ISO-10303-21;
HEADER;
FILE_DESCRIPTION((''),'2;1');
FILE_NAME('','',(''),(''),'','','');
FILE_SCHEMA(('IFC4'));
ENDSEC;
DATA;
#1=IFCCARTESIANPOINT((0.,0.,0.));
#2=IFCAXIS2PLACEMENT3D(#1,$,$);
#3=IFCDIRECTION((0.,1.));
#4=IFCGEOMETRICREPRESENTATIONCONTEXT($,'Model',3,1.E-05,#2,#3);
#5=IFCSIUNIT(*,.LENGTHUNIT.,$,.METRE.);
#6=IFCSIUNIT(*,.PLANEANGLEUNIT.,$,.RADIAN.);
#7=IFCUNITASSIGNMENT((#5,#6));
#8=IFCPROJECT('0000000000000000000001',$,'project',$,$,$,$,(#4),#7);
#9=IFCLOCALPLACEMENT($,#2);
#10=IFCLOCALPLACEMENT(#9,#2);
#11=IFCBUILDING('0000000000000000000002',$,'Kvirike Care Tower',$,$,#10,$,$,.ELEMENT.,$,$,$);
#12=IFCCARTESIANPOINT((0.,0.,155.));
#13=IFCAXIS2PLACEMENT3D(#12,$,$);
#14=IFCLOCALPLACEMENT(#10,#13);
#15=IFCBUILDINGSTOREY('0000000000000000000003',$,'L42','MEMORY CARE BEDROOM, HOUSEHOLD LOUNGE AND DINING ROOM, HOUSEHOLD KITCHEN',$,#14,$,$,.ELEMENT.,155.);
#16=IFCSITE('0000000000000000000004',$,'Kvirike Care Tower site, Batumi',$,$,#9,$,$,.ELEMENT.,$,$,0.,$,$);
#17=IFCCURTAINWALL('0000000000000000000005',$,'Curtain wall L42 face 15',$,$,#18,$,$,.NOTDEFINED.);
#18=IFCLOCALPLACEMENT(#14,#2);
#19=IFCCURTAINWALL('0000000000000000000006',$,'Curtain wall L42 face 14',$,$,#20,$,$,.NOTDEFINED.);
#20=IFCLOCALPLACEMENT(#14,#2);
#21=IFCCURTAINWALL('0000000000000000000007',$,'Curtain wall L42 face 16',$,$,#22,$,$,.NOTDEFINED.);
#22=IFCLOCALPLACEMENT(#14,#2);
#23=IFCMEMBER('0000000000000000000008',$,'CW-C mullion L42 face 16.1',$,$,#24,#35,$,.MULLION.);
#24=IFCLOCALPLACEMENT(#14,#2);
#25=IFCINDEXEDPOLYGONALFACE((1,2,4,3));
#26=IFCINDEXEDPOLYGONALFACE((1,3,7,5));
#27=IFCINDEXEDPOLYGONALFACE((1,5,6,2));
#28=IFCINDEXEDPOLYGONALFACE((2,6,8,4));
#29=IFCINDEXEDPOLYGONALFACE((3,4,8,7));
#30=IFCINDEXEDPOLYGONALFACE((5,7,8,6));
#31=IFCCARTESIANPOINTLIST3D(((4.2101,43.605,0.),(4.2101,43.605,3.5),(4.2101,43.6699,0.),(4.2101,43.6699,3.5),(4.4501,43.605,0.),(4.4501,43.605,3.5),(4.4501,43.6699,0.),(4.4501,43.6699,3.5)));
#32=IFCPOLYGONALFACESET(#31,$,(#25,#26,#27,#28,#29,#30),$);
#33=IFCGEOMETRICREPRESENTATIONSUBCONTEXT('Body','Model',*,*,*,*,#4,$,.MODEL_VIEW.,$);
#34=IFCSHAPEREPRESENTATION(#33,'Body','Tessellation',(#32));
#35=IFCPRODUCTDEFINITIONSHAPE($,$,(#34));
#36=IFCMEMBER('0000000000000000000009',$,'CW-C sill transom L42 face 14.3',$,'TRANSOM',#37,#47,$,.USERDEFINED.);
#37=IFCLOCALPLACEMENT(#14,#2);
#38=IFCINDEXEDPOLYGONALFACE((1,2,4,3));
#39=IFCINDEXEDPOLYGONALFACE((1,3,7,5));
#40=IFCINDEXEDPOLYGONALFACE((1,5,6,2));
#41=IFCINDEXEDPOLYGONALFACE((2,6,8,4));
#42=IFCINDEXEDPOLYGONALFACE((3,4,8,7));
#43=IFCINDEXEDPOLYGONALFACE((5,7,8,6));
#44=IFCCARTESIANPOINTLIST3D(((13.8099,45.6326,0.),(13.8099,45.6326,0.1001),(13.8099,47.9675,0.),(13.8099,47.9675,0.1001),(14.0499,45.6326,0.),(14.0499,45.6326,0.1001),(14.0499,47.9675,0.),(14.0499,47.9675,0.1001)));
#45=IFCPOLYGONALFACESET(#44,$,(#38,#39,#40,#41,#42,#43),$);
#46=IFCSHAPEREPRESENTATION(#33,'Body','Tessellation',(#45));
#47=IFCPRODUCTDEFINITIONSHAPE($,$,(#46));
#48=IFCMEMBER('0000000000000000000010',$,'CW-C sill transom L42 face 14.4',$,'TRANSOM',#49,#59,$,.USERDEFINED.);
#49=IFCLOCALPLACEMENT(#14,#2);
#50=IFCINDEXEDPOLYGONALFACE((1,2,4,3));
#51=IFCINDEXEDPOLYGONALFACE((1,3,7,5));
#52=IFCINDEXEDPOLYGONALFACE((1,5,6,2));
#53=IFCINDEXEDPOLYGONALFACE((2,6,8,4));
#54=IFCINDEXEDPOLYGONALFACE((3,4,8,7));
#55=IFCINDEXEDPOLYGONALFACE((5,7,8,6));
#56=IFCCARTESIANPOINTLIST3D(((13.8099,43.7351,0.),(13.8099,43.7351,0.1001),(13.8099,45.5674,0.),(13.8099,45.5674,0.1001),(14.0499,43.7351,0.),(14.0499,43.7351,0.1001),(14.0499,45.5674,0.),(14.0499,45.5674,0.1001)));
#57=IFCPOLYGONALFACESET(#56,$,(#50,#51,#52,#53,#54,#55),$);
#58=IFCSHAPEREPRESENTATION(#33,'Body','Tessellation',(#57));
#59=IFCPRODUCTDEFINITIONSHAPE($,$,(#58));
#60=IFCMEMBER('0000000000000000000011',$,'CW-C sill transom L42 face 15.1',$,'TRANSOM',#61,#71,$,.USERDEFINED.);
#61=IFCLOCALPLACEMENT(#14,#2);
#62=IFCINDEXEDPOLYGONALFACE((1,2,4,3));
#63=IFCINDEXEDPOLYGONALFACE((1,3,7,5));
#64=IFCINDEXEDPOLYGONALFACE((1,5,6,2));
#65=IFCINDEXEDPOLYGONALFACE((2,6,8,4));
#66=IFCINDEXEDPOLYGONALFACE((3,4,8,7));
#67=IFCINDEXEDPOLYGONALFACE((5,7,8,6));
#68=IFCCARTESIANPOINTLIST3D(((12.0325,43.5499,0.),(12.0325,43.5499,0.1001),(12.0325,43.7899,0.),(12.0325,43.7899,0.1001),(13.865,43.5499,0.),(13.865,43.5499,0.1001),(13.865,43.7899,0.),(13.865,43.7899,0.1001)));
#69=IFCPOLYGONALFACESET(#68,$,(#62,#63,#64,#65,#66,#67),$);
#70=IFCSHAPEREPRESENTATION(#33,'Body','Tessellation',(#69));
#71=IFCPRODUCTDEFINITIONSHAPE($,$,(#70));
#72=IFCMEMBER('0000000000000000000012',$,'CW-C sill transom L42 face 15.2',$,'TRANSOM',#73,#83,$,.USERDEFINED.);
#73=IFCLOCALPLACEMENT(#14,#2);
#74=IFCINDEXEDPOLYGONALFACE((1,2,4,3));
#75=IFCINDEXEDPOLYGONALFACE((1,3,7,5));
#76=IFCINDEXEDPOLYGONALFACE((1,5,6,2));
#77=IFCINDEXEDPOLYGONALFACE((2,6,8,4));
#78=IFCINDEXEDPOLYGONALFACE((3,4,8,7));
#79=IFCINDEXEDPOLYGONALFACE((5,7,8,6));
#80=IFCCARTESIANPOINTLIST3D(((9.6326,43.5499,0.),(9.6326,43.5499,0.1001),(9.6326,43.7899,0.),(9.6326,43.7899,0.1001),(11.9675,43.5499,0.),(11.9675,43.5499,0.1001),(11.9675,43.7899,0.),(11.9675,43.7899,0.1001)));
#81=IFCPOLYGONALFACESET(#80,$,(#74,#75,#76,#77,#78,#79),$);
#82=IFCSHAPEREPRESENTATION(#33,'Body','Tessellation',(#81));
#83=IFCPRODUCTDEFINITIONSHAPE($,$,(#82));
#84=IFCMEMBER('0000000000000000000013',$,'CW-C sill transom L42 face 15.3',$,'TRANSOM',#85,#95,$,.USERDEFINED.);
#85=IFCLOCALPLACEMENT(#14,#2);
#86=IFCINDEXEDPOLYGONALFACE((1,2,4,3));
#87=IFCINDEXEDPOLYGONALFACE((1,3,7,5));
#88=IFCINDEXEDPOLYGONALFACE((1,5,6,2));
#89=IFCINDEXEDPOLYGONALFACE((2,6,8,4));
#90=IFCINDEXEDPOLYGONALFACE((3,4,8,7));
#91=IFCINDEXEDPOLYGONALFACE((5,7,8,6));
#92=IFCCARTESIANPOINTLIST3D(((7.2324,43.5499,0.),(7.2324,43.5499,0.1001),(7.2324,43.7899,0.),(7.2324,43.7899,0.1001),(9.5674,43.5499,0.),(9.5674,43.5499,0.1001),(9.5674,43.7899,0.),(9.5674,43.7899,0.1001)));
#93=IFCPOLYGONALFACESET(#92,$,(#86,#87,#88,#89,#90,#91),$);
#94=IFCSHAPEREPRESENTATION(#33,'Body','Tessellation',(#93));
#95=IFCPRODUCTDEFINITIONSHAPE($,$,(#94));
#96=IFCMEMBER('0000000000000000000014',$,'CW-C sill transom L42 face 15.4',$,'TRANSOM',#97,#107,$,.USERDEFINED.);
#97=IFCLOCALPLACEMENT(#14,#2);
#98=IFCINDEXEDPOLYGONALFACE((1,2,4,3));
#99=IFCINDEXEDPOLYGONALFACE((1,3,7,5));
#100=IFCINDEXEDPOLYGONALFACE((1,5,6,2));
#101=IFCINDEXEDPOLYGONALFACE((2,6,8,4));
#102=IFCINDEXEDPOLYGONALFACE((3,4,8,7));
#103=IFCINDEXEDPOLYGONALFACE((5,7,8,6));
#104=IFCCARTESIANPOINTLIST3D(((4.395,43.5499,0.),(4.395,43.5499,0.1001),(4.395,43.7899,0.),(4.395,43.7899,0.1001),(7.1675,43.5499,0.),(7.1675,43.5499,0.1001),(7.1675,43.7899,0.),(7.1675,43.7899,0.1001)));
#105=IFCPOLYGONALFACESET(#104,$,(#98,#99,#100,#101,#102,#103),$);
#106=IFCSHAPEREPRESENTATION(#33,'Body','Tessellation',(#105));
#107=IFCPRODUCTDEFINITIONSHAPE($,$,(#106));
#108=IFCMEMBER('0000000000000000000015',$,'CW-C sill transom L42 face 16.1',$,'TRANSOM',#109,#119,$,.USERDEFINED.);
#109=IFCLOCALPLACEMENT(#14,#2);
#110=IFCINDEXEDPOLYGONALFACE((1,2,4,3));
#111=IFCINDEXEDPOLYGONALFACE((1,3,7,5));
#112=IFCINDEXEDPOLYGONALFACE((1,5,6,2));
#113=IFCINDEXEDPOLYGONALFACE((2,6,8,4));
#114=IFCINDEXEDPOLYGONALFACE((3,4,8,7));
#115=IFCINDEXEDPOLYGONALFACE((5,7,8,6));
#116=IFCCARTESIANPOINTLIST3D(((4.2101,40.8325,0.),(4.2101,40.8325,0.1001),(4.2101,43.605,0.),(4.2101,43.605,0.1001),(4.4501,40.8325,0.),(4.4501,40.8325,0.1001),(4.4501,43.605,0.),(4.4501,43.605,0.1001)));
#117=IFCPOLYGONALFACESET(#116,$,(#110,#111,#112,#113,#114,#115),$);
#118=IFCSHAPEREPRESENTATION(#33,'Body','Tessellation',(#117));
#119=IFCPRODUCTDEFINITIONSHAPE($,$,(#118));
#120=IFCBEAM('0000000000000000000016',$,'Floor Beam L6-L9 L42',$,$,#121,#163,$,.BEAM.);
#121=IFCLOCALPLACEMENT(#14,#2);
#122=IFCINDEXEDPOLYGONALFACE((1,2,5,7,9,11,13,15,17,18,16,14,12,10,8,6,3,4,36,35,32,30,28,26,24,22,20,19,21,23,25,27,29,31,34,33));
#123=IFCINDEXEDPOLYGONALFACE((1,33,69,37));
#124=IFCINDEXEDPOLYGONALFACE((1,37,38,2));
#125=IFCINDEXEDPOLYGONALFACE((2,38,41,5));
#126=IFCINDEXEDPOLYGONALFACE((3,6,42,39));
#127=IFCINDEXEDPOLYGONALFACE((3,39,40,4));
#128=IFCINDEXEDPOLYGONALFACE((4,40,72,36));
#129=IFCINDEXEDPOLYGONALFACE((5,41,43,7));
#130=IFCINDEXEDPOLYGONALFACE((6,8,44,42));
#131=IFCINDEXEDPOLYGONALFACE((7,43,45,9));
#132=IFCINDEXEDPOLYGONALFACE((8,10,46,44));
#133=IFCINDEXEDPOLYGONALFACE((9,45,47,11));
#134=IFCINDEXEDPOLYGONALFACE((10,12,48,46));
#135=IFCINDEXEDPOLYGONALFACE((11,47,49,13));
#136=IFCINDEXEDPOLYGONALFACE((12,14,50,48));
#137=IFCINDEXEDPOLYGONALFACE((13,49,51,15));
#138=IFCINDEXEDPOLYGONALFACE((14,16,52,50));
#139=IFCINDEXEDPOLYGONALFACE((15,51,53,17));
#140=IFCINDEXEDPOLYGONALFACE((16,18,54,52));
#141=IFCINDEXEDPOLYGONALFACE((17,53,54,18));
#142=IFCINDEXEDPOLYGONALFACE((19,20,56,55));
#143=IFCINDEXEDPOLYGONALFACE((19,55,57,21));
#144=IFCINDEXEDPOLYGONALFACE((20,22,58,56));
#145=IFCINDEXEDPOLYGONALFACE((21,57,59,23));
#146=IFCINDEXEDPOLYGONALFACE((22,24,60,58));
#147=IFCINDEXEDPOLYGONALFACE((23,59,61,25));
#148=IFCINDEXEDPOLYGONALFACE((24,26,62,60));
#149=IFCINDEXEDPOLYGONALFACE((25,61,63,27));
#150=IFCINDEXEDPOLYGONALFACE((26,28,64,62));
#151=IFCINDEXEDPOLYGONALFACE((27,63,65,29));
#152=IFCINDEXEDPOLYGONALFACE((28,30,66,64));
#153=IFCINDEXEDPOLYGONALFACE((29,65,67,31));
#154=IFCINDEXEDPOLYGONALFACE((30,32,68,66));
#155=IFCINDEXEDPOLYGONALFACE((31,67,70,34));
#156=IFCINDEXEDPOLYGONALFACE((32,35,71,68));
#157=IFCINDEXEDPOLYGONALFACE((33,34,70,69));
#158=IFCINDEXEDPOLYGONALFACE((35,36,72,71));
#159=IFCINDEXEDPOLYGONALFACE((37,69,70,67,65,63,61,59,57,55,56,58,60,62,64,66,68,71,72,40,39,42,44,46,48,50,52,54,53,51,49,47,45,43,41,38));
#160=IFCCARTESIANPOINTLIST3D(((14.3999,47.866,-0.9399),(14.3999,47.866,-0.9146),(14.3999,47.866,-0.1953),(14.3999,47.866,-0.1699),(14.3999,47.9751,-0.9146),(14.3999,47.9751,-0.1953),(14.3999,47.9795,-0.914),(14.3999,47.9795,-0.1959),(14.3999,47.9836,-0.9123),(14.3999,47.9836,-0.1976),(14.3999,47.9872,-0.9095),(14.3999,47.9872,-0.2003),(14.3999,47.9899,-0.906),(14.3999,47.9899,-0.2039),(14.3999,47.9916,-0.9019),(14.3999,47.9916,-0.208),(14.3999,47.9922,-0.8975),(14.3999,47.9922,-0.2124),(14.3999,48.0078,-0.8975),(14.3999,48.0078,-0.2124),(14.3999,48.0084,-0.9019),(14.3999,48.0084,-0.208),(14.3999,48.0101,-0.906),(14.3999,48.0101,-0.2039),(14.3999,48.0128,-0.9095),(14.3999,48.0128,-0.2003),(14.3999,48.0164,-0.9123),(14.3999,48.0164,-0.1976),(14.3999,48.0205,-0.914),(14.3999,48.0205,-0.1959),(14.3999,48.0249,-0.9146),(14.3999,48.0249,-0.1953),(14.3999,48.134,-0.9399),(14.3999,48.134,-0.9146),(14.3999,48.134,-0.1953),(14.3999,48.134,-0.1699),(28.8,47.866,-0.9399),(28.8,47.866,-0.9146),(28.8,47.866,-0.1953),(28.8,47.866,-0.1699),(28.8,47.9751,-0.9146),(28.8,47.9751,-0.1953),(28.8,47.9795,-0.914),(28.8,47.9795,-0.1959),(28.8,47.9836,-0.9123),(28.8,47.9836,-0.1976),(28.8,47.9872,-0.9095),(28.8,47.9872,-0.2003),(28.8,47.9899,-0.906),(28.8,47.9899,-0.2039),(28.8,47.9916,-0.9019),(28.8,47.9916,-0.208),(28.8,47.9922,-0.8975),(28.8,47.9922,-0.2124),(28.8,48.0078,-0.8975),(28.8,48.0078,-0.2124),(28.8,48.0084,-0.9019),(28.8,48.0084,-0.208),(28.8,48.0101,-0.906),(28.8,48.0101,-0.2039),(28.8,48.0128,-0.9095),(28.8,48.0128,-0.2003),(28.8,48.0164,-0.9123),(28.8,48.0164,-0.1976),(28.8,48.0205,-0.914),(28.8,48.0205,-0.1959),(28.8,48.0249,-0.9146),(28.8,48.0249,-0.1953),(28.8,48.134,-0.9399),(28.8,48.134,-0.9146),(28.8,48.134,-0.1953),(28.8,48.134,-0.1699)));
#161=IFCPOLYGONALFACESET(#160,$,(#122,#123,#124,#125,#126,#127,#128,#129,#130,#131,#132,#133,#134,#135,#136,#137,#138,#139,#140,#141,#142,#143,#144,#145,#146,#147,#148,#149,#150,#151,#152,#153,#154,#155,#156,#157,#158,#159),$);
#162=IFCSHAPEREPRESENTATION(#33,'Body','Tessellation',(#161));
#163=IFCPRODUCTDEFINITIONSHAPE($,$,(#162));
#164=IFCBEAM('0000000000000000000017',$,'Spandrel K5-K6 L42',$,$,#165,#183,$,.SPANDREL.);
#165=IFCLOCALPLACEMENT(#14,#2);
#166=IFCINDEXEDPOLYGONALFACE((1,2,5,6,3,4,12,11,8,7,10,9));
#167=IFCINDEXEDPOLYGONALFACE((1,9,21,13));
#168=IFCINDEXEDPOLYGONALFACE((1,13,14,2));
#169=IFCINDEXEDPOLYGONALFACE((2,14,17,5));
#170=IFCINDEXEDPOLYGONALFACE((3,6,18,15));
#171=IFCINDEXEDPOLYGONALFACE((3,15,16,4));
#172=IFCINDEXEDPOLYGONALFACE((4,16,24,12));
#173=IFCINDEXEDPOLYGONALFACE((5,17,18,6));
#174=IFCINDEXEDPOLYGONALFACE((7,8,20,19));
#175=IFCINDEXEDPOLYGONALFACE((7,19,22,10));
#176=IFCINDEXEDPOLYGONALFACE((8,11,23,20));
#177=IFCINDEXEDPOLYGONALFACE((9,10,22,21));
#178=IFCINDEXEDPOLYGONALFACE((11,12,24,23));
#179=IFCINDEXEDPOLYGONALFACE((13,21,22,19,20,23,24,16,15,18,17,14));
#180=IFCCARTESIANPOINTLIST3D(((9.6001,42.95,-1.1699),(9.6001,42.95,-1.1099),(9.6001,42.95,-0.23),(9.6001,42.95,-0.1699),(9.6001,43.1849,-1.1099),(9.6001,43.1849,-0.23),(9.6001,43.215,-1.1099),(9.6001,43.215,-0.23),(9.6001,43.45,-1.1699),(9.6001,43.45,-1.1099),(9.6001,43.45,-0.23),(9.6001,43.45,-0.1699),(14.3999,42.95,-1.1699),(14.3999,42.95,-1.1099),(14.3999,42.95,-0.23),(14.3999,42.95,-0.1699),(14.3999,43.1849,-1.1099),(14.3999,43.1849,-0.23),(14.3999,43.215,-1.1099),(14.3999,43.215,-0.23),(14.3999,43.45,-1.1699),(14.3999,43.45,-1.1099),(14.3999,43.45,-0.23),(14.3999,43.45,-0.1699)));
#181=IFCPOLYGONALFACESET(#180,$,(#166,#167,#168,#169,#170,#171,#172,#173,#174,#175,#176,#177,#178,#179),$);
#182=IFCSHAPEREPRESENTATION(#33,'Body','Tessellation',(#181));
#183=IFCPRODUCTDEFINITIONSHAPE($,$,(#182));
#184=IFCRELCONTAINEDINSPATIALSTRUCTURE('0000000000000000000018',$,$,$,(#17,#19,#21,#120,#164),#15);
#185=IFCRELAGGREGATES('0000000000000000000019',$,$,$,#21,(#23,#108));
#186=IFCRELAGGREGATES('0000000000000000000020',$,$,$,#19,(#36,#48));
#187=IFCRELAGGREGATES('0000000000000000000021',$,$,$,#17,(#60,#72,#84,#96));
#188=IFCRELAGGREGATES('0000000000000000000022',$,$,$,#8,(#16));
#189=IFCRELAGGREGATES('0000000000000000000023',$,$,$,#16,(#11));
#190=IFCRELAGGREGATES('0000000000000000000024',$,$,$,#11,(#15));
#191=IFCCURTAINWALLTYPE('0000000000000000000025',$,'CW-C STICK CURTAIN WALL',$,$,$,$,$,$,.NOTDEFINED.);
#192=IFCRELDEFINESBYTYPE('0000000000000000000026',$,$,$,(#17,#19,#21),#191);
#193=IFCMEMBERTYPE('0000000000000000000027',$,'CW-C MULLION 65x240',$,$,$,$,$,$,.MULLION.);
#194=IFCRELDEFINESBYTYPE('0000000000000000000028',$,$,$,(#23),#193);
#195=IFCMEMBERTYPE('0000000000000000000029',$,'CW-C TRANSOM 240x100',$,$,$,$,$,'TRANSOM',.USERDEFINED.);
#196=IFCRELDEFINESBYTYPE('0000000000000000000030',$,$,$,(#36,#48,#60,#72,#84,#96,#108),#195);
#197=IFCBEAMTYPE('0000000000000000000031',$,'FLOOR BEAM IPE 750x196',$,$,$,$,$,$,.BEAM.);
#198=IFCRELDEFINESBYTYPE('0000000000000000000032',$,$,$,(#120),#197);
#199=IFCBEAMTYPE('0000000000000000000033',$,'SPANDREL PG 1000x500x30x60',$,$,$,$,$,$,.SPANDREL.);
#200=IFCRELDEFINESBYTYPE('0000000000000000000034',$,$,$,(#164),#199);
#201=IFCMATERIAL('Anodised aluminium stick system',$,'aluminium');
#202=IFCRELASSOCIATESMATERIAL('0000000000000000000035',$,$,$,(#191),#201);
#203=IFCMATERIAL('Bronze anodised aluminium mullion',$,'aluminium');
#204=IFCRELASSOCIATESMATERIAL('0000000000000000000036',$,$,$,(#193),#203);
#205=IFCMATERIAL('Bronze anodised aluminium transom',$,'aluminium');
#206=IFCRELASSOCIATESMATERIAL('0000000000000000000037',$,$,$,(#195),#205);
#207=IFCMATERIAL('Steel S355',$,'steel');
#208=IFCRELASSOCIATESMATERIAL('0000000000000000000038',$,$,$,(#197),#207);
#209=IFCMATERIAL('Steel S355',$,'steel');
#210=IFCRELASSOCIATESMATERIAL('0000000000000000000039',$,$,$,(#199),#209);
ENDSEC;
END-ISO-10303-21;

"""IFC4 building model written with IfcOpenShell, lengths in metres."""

from ifc_helpers import new_model, si_unit, direction, frame, origin, origin_2d, place, context, subcontext, project, spatial, rectangle, i_section, extrude, material, material_profile, profile_set, type_object, element, aggregate, save


model = new_model("IFC4")

# Units and contexts
model_context = context("Model", 3, precision=1e-05, world=origin(), true_north=direction((0.0, 1.0)))
body_context = subcontext(model_context, "Body", "Model", "MODEL_VIEW")
ifc_project = project(units=[si_unit("LENGTHUNIT", "METRE"), si_unit("PLANEANGLEUNIT", "RADIAN")], contexts=[model_context])

# Site, building, storey
site_placement = place(None, origin())
site = spatial("IfcSite", under=ifc_project, at=site_placement, Name="Kvirike Care Tower site, Batumi", CompositionType="ELEMENT", RefElevation=0.0)
building_placement = place(site_placement, origin())
building = spatial("IfcBuilding", under=site, at=building_placement, Name="Kvirike Care Tower", CompositionType="ELEMENT")
storey_placement = place(building_placement, frame((0.0, 0.0, 155.0)))
storey = spatial("IfcBuildingStorey", under=building, at=storey_placement, Name="L42", Description="MEMORY CARE BEDROOM, HOUSEHOLD LOUNGE AND DINING ROOM, HOUSEHOLD KITCHEN", CompositionType="ELEMENT", Elevation=155.0)

# Curtain wall
ifc_material_1 = material(Name="Anodised aluminium stick system", Category="aluminium")
curtain_wall_type = type_object("IfcCurtainWallType", Name="CW-C STICK CURTAIN WALL", PredefinedType="NOTDEFINED", material=ifc_material_1)
curtain_wall_1_placement = place(storey_placement, origin())
curtain_wall_1 = element("IfcCurtainWall", 1, at=curtain_wall_1_placement, inside=storey, type_object=curtain_wall_type, Name="Curtain wall L42 face 15", PredefinedType="NOTDEFINED")

# Curtain wall
curtain_wall_2_placement = place(storey_placement, origin())
curtain_wall_2 = element("IfcCurtainWall", 2, at=curtain_wall_2_placement, inside=storey, type_object=curtain_wall_type, Name="Curtain wall L42 face 14", PredefinedType="NOTDEFINED")
ifc_material_2 = material(Name="Bronze anodised aluminium mullion", Category="aluminium")
ifc_material_profile_1 = material_profile(ifc_material_2, rectangle(XDim=0.0649, YDim=0.24, at=origin_2d()), Name="CW-C MULLION 65x240")
ifc_profile_set_1 = profile_set([ifc_material_profile_1], Name="Bronze anodised aluminium mullion")
member_type_1 = type_object("IfcMemberType", Name="CW-C MULLION 65x240", PredefinedType="MULLION", material=ifc_profile_set_1)

# Curtain wall, member
curtain_wall_3_placement = place(storey_placement, origin())
curtain_wall_3 = element("IfcCurtainWall", 3, at=curtain_wall_3_placement, inside=storey, type_object=curtain_wall_type, Name="Curtain wall L42 face 16", PredefinedType="NOTDEFINED")
member_1_placement = place(storey_placement, frame((4.3301, 43.6375, 0.0), z_axis=(0.0, 0.0, 1.0), x_axis=(0.0, -1.0, 0.0)))
member_1 = element("IfcMember", 4, at=member_1_placement, type_object=member_type_1, Name="CW-C mullion L42 face 16.1", PredefinedType="MULLION", context=body_context, shape_type="SweptSolid", body=[
    extrude(rectangle(XDim=0.0649, YDim=0.24, at=origin_2d()), origin(), (0.0, 0.0, 1.0), 3.5),
])

# Members
ifc_material_3 = material(Name="Bronze anodised aluminium transom", Category="aluminium")
ifc_material_profile_2 = material_profile(ifc_material_3, rectangle(XDim=0.24, YDim=0.1001, at=origin_2d()), Name="CW-C TRANSOM 240x100")
ifc_profile_set_2 = profile_set([ifc_material_profile_2], Name="Bronze anodised aluminium transom")
member_type_2 = type_object("IfcMemberType", Name="CW-C TRANSOM 240x100", ElementType="TRANSOM", PredefinedType="USERDEFINED", material=ifc_profile_set_2)
member_2_placement = place(storey_placement, frame((13.9299, 47.9675, 0.05), z_axis=(0.0, -1.0, 0.0), x_axis=(1.0, 0.0, 0.0)))
member_2 = element("IfcMember", 5, at=member_2_placement, type_object=member_type_2, Name="CW-C sill transom L42 face 14.3", ObjectType="TRANSOM", PredefinedType="USERDEFINED", context=body_context, shape_type="SweptSolid", body=[
    extrude(rectangle(XDim=0.24, YDim=0.1001, at=origin_2d()), origin(), (0.0, 0.0, 1.0), 2.335),
])
member_3_placement = place(storey_placement, frame((13.9299, 45.5674, 0.05), z_axis=(0.0, -1.0, 0.0), x_axis=(1.0, 0.0, 0.0)))
member_3 = element("IfcMember", 6, at=member_3_placement, type_object=member_type_2, Name="CW-C sill transom L42 face 14.4", ObjectType="TRANSOM", PredefinedType="USERDEFINED", context=body_context, shape_type="SweptSolid", body=[
    extrude(rectangle(XDim=0.24, YDim=0.1001, at=origin_2d()), origin(), (0.0, 0.0, 1.0), 1.8323),
])
member_4_placement = place(storey_placement, frame((13.865, 43.6699, 0.05), z_axis=(-1.0, 0.0, 0.0), x_axis=(0.0, -1.0, 0.0)))
member_4 = element("IfcMember", 7, at=member_4_placement, type_object=member_type_2, Name="CW-C sill transom L42 face 15.1", ObjectType="TRANSOM", PredefinedType="USERDEFINED", context=body_context, shape_type="SweptSolid", body=[
    extrude(rectangle(XDim=0.24, YDim=0.1001, at=origin_2d()), origin(), (0.0, 0.0, 1.0), 1.8325),
])
member_5_placement = place(storey_placement, frame((11.9675, 43.6699, 0.05), z_axis=(-1.0, 0.0, 0.0), x_axis=(0.0, -1.0, 0.0)))
member_5 = element("IfcMember", 8, at=member_5_placement, type_object=member_type_2, Name="CW-C sill transom L42 face 15.2", ObjectType="TRANSOM", PredefinedType="USERDEFINED", context=body_context, shape_type="SweptSolid", body=[
    extrude(rectangle(XDim=0.24, YDim=0.1001, at=origin_2d()), origin(), (0.0, 0.0, 1.0), 2.335),
])
member_6_placement = place(storey_placement, frame((9.5674, 43.6699, 0.05), z_axis=(-1.0, 0.0, 0.0), x_axis=(0.0, -1.0, 0.0)))
member_6 = element("IfcMember", 9, at=member_6_placement, type_object=member_type_2, Name="CW-C sill transom L42 face 15.3", ObjectType="TRANSOM", PredefinedType="USERDEFINED", context=body_context, shape_type="SweptSolid", body=[
    extrude(rectangle(XDim=0.24, YDim=0.1001, at=origin_2d()), origin(), (0.0, 0.0, 1.0), 2.335),
])
member_7_placement = place(storey_placement, frame((7.1675, 43.6699, 0.05), z_axis=(-1.0, 0.0, 0.0), x_axis=(0.0, -1.0, 0.0)))
member_7 = element("IfcMember", 10, at=member_7_placement, type_object=member_type_2, Name="CW-C sill transom L42 face 15.4", ObjectType="TRANSOM", PredefinedType="USERDEFINED", context=body_context, shape_type="SweptSolid", body=[
    extrude(rectangle(XDim=0.24, YDim=0.1001, at=origin_2d()), origin(), (0.0, 0.0, 1.0), 2.7725),
])
member_8_placement = place(storey_placement, frame((4.3301, 43.605, 0.05), z_axis=(0.0, -1.0, 0.0), x_axis=(1.0, 0.0, 0.0)))
member_8 = element("IfcMember", 11, at=member_8_placement, type_object=member_type_2, Name="CW-C sill transom L42 face 16.1", ObjectType="TRANSOM", PredefinedType="USERDEFINED", context=body_context, shape_type="SweptSolid", body=[
    extrude(rectangle(XDim=0.24, YDim=0.1001, at=origin_2d()), origin(), (0.0, 0.0, 1.0), 2.7725),
])
aggregate(curtain_wall_3, [member_1, member_8])

# Beams
ifc_material_4 = material(Name="Steel S355", Category="steel")
ifc_material_profile_3 = material_profile(ifc_material_4, i_section(OverallWidth=0.2681, OverallDepth=0.77, WebThickness=0.0156, FlangeThickness=0.0254, FilletRadius=0.0171, at=origin_2d()), Name="IPE 750x196")
ifc_profile_set_3 = profile_set([ifc_material_profile_3], Name="Steel S355")
beam_type_1 = type_object("IfcBeamType", Name="FLOOR BEAM IPE 750x196", PredefinedType="BEAM", material=ifc_profile_set_3)
beam_1_placement = place(storey_placement, frame((14.3999, 48.0, -0.5549), z_axis=(1.0, 0.0, 0.0), x_axis=(0.0, 1.0, 0.0)))
element("IfcBeam", 12, at=beam_1_placement, inside=storey, type_object=beam_type_1, Name="Floor Beam L6-L9 L42", PredefinedType="BEAM", context=body_context, shape_type="SweptSolid", body=[
    extrude(i_section(OverallWidth=0.2681, OverallDepth=0.77, WebThickness=0.0156, FlangeThickness=0.0254, FilletRadius=0.0171, at=origin_2d()), origin(), (0.0, 0.0, 1.0), 14.4001),
])
ifc_material_5 = material(Name="Steel S355", Category="steel")
ifc_material_profile_4 = material_profile(ifc_material_5, i_section(OverallWidth=0.5, OverallDepth=1.0, WebThickness=0.03, FlangeThickness=0.0601, at=origin_2d()), Name="PG 1000x500x30x60")
ifc_profile_set_4 = profile_set([ifc_material_profile_4], Name="Steel S355")
beam_type_2 = type_object("IfcBeamType", Name="SPANDREL PG 1000x500x30x60", PredefinedType="SPANDREL", material=ifc_profile_set_4)
beam_2_placement = place(storey_placement, frame((9.6001, 43.2, -0.6699), z_axis=(1.0, 0.0, 0.0), x_axis=(0.0, 1.0, 0.0)))
element("IfcBeam", 13, at=beam_2_placement, inside=storey, type_object=beam_type_2, Name="Spandrel K5-K6 L42", PredefinedType="SPANDREL", context=body_context, shape_type="SweptSolid", body=[
    extrude(i_section(OverallWidth=0.5, OverallDepth=1.0, WebThickness=0.03, FlangeThickness=0.0601, at=origin_2d()), origin(), (0.0, 0.0, 1.0), 4.7998),
])

aggregate(curtain_wall_2, [member_2, member_3])
aggregate(curtain_wall_1, [member_4, member_5, member_6, member_7])

save(model, "model.ifc")
